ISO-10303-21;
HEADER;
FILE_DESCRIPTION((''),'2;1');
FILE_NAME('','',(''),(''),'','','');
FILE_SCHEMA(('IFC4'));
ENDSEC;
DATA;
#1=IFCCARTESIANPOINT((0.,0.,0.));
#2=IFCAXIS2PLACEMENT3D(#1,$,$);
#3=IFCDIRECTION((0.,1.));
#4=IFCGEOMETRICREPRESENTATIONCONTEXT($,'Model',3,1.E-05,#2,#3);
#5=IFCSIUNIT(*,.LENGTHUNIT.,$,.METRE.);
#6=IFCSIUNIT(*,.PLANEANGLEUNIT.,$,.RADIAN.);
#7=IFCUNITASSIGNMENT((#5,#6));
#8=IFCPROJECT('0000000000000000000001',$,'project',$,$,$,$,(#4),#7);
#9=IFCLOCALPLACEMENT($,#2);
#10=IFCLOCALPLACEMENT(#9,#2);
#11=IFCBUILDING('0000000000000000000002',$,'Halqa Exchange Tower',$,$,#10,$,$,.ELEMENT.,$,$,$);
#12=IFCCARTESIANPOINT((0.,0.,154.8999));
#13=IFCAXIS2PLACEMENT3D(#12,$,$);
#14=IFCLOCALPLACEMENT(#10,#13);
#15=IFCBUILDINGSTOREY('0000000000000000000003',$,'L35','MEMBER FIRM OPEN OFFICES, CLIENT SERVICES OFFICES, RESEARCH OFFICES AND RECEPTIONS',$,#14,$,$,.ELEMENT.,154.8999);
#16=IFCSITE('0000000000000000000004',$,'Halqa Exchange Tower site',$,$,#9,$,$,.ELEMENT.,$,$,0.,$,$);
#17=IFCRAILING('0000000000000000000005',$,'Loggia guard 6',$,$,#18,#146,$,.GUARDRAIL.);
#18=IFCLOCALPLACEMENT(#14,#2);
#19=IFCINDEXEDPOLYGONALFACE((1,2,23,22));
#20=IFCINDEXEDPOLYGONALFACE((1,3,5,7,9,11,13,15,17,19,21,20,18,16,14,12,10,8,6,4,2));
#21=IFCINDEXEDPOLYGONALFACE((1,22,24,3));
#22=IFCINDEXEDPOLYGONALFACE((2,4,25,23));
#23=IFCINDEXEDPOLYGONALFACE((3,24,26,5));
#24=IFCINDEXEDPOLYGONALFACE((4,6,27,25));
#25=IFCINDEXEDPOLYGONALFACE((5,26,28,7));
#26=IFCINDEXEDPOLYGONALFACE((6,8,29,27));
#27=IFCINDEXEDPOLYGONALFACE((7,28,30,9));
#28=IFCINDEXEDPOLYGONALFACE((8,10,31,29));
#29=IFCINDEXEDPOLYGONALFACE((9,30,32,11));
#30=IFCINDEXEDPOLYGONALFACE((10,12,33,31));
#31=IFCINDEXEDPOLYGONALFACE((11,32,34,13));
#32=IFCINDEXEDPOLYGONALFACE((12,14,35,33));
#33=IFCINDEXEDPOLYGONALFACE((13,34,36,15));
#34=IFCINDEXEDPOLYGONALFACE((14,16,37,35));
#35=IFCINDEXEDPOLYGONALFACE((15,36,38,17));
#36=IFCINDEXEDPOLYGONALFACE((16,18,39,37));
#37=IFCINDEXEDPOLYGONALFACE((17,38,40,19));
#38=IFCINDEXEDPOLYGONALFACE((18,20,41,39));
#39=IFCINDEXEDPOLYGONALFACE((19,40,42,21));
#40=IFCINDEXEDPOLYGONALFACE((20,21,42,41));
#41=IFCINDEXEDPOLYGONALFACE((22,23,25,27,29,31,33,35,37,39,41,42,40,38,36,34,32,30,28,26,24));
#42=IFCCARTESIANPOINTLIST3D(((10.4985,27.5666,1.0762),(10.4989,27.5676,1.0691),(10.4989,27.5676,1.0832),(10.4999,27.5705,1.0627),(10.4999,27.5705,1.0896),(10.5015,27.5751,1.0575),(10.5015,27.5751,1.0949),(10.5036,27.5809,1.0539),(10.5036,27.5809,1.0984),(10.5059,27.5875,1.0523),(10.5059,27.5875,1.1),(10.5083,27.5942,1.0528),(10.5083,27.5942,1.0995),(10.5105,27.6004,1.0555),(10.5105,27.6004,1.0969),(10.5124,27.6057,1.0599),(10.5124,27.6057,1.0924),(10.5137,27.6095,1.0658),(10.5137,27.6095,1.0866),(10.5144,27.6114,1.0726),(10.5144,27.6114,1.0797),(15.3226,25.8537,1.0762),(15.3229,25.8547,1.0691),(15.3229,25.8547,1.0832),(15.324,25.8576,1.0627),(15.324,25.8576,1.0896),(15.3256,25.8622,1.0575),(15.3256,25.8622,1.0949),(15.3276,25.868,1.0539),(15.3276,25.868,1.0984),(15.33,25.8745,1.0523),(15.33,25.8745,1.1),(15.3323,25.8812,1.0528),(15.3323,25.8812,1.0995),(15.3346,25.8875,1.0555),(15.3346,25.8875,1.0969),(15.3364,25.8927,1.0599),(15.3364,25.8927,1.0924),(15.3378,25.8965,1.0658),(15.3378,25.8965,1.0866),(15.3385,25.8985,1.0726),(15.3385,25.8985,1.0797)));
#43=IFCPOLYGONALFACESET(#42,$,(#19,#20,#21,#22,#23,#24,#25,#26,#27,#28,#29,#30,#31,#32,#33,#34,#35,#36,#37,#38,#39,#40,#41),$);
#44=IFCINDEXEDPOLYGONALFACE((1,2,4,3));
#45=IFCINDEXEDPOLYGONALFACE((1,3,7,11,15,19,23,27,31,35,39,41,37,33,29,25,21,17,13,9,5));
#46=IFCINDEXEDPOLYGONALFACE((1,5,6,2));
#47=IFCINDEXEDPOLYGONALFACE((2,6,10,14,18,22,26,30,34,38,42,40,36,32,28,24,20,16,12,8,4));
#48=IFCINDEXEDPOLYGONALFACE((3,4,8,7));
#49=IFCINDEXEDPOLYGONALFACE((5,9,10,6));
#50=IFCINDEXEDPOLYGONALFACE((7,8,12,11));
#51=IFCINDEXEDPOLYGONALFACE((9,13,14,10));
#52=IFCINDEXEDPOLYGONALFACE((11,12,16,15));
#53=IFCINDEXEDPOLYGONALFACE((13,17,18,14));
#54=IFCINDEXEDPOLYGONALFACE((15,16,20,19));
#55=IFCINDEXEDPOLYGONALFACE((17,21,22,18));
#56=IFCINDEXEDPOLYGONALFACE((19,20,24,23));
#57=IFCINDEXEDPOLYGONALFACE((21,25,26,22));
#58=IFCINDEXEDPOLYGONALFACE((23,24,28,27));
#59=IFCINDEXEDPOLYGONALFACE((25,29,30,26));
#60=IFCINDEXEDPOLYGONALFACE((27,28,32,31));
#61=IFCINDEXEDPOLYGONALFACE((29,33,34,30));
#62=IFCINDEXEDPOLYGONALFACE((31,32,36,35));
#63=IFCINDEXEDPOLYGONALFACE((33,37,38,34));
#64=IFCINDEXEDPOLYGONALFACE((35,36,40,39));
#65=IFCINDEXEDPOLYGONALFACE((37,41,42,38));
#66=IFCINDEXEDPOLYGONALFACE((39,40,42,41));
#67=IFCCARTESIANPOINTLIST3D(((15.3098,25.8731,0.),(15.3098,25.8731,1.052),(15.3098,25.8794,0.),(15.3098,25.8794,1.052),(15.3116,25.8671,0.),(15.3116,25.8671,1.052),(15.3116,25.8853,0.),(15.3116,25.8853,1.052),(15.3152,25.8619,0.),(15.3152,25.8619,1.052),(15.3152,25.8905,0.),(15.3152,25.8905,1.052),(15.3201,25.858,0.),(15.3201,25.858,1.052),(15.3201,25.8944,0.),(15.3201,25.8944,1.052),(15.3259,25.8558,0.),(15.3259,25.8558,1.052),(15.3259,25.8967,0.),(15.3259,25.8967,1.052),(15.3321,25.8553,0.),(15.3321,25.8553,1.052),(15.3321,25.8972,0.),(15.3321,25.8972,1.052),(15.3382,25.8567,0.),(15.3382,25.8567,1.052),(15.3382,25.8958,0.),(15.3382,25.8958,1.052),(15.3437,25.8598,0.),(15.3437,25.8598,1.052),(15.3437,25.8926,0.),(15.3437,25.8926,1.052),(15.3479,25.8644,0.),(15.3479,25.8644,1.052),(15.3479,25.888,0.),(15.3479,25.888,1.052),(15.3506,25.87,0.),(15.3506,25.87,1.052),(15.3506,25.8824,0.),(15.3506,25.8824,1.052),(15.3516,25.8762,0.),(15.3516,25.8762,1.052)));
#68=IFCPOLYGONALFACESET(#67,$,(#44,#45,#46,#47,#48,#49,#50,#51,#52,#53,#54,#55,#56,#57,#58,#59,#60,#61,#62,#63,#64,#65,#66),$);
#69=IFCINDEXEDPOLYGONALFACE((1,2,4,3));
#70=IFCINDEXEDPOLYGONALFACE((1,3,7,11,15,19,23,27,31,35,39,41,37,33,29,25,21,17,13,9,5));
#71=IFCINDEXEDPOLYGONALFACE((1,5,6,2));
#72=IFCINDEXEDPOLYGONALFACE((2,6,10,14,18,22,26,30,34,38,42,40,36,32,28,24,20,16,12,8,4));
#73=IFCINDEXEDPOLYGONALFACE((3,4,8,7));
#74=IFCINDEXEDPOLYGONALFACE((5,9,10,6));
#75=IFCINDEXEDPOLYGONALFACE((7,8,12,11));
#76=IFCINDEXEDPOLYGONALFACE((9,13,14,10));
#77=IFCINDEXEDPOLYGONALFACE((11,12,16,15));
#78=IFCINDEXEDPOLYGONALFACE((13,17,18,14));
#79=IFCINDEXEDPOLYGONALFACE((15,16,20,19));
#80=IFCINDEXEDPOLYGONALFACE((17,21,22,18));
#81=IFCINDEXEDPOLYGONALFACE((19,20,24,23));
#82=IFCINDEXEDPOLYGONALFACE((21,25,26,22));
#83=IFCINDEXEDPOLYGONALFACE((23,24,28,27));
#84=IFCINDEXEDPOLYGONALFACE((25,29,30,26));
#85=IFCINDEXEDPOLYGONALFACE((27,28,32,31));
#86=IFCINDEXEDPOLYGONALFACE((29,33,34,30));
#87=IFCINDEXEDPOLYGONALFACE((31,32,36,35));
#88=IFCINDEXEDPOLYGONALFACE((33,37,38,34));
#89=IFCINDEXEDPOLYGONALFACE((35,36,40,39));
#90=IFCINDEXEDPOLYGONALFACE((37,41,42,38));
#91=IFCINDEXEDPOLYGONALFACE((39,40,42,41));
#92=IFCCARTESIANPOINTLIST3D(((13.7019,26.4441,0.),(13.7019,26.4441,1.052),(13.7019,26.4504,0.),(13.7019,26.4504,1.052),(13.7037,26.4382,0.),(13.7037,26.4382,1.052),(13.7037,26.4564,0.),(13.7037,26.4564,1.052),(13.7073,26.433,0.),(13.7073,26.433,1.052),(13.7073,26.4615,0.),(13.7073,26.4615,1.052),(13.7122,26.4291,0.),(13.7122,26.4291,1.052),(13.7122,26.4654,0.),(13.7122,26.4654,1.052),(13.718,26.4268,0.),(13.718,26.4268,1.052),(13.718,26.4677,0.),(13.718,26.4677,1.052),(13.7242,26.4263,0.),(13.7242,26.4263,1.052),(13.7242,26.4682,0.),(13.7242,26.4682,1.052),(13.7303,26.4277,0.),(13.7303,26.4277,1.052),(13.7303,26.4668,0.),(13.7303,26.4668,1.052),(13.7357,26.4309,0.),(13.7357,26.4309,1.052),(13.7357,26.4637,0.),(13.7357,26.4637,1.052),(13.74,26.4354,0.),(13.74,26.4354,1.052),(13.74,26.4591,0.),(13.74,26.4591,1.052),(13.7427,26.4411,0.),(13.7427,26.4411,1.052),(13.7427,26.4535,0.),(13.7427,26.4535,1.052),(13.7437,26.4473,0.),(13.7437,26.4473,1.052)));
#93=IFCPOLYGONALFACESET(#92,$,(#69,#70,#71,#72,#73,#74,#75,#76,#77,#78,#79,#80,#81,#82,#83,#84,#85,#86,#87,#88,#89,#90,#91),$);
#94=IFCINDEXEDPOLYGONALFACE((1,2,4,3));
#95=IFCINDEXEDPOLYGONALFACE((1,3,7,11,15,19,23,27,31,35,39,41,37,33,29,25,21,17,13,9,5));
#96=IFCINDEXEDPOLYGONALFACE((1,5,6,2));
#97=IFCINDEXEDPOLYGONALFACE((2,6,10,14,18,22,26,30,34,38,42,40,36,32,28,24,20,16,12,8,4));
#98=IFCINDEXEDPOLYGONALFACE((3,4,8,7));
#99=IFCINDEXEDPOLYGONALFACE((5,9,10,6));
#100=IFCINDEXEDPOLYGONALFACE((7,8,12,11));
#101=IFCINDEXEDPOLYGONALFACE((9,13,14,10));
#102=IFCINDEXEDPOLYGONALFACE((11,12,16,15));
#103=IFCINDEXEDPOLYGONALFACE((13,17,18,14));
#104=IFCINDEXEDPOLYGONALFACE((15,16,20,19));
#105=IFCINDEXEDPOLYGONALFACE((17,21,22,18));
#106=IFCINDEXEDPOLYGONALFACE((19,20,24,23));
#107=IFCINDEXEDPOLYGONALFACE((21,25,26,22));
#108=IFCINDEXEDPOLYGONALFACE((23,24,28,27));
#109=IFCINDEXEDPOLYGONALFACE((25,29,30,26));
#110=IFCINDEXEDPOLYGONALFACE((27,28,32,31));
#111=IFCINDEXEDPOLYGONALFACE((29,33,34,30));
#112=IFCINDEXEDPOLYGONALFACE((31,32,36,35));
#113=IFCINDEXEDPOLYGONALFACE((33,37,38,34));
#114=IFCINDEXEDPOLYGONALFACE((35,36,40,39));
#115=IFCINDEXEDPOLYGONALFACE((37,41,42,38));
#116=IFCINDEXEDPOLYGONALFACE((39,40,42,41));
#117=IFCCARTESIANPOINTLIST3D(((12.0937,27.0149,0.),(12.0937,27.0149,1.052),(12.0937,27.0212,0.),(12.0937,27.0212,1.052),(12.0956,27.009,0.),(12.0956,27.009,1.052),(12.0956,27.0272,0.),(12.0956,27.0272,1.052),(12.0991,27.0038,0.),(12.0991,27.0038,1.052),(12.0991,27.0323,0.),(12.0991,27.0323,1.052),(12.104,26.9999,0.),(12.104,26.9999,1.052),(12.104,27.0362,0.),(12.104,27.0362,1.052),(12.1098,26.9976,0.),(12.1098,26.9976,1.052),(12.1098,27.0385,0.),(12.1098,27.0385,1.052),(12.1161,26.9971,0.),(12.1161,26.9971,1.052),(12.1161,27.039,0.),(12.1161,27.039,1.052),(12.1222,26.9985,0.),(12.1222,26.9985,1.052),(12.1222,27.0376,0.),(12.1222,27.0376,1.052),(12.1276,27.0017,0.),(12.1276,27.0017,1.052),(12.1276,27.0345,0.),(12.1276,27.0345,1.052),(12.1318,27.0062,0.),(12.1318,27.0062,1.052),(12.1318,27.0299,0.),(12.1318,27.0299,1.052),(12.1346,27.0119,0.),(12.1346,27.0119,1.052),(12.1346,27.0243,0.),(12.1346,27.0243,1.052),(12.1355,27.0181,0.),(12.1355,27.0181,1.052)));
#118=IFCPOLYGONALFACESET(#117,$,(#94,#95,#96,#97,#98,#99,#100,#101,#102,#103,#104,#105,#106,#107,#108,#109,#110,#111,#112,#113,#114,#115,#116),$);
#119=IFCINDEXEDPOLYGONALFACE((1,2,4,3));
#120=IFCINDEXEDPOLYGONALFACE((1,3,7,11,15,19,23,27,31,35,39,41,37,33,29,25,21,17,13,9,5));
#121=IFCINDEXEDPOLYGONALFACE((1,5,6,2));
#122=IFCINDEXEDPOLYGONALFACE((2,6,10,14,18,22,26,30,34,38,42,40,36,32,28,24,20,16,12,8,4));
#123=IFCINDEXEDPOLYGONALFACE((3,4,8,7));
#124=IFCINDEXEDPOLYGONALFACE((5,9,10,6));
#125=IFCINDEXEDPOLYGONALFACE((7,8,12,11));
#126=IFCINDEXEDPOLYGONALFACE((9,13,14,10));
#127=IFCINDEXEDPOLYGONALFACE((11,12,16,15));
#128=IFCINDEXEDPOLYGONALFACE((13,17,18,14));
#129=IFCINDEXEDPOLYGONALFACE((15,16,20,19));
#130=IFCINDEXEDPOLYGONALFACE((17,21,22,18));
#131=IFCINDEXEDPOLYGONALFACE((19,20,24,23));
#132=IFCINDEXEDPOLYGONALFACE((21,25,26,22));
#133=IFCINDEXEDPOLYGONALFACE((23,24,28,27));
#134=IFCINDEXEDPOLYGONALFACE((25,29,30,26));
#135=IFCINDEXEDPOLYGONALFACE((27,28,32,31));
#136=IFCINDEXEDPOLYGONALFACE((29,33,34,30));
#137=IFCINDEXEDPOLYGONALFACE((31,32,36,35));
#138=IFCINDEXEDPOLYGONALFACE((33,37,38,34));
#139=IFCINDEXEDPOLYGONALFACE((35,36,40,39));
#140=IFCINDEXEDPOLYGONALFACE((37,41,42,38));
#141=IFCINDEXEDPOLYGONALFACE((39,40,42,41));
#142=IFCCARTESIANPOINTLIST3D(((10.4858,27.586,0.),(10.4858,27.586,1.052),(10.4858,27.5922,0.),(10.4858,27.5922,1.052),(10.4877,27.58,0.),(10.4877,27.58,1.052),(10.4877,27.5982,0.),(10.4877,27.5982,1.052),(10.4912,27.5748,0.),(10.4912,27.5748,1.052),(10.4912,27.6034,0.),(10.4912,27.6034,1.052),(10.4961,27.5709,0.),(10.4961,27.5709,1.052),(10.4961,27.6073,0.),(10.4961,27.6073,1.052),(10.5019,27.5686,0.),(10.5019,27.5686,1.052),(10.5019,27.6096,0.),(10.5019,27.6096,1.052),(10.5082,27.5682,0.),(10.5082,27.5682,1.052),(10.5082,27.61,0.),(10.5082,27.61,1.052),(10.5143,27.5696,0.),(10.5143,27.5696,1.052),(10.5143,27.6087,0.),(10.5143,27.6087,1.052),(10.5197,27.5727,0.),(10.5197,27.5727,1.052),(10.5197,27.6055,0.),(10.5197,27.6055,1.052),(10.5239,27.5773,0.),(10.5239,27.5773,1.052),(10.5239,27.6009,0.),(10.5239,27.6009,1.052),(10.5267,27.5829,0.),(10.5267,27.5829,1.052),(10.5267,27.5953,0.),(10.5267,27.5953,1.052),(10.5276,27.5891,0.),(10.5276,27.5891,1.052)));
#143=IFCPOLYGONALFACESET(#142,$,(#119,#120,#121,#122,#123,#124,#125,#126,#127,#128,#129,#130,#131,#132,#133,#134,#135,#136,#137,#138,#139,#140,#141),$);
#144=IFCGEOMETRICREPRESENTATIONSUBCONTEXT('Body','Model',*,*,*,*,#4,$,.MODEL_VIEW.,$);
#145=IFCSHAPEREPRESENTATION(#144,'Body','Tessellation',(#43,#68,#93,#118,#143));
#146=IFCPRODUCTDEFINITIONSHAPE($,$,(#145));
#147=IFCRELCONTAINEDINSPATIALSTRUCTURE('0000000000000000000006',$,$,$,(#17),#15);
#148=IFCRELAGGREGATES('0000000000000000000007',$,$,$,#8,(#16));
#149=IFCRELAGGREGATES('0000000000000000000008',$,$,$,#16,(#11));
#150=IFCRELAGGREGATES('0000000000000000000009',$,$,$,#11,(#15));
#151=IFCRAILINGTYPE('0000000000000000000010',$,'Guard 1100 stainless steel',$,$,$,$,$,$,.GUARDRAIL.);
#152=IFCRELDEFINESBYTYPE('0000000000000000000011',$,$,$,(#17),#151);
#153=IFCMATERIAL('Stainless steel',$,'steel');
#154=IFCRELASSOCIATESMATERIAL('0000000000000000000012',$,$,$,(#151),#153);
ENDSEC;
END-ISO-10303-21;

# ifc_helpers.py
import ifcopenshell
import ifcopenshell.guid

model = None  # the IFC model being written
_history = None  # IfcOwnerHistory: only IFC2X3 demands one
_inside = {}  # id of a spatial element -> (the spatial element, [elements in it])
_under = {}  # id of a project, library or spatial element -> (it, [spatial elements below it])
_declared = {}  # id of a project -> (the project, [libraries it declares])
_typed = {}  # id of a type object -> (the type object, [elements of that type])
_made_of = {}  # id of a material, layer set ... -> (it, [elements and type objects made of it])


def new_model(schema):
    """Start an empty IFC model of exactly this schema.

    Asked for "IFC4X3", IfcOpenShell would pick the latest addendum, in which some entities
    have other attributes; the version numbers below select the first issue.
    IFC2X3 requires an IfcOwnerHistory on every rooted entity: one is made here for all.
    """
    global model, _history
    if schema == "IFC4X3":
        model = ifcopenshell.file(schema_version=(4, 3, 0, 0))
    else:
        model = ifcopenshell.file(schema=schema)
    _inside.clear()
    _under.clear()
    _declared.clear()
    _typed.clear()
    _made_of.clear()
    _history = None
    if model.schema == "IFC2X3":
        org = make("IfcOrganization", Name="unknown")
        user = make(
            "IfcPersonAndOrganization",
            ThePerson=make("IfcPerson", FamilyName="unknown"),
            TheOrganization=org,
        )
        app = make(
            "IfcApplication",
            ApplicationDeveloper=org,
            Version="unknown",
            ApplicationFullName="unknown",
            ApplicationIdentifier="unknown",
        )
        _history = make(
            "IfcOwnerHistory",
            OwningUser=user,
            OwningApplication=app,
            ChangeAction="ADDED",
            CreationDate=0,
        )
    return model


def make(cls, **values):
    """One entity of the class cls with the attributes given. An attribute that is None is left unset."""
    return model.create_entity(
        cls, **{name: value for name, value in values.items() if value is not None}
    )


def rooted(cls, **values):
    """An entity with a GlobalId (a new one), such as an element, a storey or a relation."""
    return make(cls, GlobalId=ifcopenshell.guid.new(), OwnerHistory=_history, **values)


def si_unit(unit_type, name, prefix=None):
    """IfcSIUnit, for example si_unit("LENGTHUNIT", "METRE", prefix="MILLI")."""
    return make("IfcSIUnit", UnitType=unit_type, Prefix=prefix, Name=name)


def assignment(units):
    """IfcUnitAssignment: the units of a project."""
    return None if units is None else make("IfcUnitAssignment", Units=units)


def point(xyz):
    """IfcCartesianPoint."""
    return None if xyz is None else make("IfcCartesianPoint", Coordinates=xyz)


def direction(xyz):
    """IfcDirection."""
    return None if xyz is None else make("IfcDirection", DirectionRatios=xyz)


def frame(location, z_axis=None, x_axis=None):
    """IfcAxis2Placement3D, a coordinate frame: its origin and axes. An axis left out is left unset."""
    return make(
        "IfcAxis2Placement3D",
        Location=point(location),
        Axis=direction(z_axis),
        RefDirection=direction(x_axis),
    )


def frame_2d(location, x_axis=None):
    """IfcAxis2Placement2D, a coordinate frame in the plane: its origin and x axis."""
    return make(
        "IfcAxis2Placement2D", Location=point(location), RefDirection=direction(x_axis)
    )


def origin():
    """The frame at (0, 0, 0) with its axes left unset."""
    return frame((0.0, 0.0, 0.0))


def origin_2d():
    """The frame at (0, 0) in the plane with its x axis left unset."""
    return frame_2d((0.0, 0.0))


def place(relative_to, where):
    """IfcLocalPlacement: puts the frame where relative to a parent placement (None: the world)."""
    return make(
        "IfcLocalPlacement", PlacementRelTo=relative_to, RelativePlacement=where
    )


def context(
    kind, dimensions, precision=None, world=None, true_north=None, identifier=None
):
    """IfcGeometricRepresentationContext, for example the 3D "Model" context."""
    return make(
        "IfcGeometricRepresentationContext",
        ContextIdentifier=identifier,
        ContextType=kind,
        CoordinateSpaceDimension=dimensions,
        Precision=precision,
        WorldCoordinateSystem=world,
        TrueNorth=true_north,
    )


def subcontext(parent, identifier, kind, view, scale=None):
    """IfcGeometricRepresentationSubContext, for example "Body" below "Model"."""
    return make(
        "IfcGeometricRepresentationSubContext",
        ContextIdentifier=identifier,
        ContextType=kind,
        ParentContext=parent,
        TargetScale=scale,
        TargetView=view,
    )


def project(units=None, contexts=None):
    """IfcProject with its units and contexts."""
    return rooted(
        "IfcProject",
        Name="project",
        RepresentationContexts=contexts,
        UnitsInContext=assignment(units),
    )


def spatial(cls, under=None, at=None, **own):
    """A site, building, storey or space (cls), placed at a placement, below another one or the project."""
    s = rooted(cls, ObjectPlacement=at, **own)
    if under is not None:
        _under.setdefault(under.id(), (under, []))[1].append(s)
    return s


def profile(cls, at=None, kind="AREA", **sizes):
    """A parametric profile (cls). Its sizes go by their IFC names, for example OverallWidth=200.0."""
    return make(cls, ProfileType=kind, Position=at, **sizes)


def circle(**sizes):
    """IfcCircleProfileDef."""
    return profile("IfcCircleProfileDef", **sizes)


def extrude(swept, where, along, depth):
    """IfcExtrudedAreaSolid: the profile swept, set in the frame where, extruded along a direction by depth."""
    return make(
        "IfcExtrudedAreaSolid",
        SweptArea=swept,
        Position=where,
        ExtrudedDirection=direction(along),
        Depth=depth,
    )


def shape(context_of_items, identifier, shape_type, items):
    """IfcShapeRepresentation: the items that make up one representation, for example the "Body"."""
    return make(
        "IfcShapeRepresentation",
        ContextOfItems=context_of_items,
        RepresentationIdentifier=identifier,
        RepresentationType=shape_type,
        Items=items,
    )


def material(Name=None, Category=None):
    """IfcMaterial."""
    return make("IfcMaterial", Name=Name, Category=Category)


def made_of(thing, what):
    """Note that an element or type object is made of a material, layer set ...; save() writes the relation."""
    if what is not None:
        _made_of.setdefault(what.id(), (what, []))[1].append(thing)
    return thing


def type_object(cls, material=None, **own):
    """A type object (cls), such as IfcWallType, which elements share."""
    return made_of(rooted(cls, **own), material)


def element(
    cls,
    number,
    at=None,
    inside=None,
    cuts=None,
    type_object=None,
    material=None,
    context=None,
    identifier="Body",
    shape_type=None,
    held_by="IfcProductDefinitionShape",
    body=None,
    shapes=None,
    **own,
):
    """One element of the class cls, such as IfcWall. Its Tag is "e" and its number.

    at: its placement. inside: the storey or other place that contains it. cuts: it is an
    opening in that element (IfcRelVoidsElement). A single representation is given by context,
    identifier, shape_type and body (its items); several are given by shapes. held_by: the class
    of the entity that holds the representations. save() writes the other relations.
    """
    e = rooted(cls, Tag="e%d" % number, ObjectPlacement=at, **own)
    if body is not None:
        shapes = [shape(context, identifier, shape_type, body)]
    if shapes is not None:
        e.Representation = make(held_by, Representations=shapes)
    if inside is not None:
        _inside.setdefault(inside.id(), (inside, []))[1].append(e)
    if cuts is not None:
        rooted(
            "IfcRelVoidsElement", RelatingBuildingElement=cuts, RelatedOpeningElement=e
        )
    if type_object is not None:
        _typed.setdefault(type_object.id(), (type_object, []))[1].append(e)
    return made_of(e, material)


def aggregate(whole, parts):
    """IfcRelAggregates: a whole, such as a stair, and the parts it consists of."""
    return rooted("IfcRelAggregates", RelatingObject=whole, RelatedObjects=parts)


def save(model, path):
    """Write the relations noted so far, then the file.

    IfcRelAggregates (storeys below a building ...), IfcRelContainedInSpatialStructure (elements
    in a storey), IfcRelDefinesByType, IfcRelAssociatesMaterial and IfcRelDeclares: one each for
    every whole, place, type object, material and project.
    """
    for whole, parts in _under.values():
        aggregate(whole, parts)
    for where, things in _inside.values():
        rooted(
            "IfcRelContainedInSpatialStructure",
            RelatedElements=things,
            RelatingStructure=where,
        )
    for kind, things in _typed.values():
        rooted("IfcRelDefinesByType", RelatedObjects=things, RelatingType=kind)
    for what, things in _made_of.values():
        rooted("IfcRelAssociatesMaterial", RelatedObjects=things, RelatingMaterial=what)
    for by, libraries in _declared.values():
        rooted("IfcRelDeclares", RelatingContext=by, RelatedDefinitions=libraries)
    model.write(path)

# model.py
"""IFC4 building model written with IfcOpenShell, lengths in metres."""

from ifc_helpers import new_model, si_unit, direction, frame, origin, origin_2d, place, context, subcontext, project, spatial, circle, extrude, material, type_object, element, save


model = new_model("IFC4")

# Units and contexts
model_context = context("Model", 3, precision=1e-05, world=origin(), true_north=direction((0.0, 1.0)))
body_context = subcontext(model_context, "Body", "Model", "MODEL_VIEW")
ifc_project = project(units=[si_unit("LENGTHUNIT", "METRE"), si_unit("PLANEANGLEUNIT", "RADIAN")], contexts=[model_context])

# Site, building, storey
site_placement = place(None, origin())
site = spatial("IfcSite", under=ifc_project, at=site_placement, Name="Halqa Exchange Tower site", CompositionType="ELEMENT", RefElevation=0.0)
building_placement = place(site_placement, origin())
building = spatial("IfcBuilding", under=site, at=building_placement, Name="Halqa Exchange Tower", CompositionType="ELEMENT")
storey_placement = place(building_placement, frame((0.0, 0.0, 154.8999)))
storey = spatial("IfcBuildingStorey", under=building, at=storey_placement, Name="L35", Description="MEMBER FIRM OPEN OFFICES, CLIENT SERVICES OFFICES, RESEARCH OFFICES AND RECEPTIONS", CompositionType="ELEMENT", Elevation=154.8999)

# Railing
ifc_material_1 = material(Name="Stainless steel", Category="steel")
railing_type = type_object("IfcRailingType", Name="Guard 1100 stainless steel", PredefinedType="GUARDRAIL", material=ifc_material_1)
railing_1_placement = place(storey_placement, frame((15.3306, 25.8762, 0.0)))
element("IfcRailing", 1, at=railing_1_placement, inside=storey, type_object=railing_type, Name="Loggia guard 6", PredefinedType="GUARDRAIL", context=body_context, shape_type="SweptSolid", body=[
    extrude(circle(Radius=0.0239, at=origin_2d()), frame((0.0, 0.0, 1.0762), z_axis=(-0.942356, 0.334611, 0.0), x_axis=(-0.334611, -0.942356, 0.0)), (0.0, 0.0, 1.0), 5.1191),
    extrude(circle(Radius=0.021, at=origin_2d()), origin(), (0.0, 0.0, 1.0), 1.052),
    extrude(circle(Radius=0.021, at=origin_2d()), frame((-1.6079, 0.571, 0.0)), (0.0, 0.0, 1.0), 1.052),
    extrude(circle(Radius=0.021, at=origin_2d()), frame((-3.2161, 1.1418, 0.0)), (0.0, 0.0, 1.0), 1.052),
    extrude(circle(Radius=0.021, at=origin_2d()), frame((-4.824, 1.7129, 0.0)), (0.0, 0.0, 1.0), 1.052),
])

save(model, "model.ifc")
